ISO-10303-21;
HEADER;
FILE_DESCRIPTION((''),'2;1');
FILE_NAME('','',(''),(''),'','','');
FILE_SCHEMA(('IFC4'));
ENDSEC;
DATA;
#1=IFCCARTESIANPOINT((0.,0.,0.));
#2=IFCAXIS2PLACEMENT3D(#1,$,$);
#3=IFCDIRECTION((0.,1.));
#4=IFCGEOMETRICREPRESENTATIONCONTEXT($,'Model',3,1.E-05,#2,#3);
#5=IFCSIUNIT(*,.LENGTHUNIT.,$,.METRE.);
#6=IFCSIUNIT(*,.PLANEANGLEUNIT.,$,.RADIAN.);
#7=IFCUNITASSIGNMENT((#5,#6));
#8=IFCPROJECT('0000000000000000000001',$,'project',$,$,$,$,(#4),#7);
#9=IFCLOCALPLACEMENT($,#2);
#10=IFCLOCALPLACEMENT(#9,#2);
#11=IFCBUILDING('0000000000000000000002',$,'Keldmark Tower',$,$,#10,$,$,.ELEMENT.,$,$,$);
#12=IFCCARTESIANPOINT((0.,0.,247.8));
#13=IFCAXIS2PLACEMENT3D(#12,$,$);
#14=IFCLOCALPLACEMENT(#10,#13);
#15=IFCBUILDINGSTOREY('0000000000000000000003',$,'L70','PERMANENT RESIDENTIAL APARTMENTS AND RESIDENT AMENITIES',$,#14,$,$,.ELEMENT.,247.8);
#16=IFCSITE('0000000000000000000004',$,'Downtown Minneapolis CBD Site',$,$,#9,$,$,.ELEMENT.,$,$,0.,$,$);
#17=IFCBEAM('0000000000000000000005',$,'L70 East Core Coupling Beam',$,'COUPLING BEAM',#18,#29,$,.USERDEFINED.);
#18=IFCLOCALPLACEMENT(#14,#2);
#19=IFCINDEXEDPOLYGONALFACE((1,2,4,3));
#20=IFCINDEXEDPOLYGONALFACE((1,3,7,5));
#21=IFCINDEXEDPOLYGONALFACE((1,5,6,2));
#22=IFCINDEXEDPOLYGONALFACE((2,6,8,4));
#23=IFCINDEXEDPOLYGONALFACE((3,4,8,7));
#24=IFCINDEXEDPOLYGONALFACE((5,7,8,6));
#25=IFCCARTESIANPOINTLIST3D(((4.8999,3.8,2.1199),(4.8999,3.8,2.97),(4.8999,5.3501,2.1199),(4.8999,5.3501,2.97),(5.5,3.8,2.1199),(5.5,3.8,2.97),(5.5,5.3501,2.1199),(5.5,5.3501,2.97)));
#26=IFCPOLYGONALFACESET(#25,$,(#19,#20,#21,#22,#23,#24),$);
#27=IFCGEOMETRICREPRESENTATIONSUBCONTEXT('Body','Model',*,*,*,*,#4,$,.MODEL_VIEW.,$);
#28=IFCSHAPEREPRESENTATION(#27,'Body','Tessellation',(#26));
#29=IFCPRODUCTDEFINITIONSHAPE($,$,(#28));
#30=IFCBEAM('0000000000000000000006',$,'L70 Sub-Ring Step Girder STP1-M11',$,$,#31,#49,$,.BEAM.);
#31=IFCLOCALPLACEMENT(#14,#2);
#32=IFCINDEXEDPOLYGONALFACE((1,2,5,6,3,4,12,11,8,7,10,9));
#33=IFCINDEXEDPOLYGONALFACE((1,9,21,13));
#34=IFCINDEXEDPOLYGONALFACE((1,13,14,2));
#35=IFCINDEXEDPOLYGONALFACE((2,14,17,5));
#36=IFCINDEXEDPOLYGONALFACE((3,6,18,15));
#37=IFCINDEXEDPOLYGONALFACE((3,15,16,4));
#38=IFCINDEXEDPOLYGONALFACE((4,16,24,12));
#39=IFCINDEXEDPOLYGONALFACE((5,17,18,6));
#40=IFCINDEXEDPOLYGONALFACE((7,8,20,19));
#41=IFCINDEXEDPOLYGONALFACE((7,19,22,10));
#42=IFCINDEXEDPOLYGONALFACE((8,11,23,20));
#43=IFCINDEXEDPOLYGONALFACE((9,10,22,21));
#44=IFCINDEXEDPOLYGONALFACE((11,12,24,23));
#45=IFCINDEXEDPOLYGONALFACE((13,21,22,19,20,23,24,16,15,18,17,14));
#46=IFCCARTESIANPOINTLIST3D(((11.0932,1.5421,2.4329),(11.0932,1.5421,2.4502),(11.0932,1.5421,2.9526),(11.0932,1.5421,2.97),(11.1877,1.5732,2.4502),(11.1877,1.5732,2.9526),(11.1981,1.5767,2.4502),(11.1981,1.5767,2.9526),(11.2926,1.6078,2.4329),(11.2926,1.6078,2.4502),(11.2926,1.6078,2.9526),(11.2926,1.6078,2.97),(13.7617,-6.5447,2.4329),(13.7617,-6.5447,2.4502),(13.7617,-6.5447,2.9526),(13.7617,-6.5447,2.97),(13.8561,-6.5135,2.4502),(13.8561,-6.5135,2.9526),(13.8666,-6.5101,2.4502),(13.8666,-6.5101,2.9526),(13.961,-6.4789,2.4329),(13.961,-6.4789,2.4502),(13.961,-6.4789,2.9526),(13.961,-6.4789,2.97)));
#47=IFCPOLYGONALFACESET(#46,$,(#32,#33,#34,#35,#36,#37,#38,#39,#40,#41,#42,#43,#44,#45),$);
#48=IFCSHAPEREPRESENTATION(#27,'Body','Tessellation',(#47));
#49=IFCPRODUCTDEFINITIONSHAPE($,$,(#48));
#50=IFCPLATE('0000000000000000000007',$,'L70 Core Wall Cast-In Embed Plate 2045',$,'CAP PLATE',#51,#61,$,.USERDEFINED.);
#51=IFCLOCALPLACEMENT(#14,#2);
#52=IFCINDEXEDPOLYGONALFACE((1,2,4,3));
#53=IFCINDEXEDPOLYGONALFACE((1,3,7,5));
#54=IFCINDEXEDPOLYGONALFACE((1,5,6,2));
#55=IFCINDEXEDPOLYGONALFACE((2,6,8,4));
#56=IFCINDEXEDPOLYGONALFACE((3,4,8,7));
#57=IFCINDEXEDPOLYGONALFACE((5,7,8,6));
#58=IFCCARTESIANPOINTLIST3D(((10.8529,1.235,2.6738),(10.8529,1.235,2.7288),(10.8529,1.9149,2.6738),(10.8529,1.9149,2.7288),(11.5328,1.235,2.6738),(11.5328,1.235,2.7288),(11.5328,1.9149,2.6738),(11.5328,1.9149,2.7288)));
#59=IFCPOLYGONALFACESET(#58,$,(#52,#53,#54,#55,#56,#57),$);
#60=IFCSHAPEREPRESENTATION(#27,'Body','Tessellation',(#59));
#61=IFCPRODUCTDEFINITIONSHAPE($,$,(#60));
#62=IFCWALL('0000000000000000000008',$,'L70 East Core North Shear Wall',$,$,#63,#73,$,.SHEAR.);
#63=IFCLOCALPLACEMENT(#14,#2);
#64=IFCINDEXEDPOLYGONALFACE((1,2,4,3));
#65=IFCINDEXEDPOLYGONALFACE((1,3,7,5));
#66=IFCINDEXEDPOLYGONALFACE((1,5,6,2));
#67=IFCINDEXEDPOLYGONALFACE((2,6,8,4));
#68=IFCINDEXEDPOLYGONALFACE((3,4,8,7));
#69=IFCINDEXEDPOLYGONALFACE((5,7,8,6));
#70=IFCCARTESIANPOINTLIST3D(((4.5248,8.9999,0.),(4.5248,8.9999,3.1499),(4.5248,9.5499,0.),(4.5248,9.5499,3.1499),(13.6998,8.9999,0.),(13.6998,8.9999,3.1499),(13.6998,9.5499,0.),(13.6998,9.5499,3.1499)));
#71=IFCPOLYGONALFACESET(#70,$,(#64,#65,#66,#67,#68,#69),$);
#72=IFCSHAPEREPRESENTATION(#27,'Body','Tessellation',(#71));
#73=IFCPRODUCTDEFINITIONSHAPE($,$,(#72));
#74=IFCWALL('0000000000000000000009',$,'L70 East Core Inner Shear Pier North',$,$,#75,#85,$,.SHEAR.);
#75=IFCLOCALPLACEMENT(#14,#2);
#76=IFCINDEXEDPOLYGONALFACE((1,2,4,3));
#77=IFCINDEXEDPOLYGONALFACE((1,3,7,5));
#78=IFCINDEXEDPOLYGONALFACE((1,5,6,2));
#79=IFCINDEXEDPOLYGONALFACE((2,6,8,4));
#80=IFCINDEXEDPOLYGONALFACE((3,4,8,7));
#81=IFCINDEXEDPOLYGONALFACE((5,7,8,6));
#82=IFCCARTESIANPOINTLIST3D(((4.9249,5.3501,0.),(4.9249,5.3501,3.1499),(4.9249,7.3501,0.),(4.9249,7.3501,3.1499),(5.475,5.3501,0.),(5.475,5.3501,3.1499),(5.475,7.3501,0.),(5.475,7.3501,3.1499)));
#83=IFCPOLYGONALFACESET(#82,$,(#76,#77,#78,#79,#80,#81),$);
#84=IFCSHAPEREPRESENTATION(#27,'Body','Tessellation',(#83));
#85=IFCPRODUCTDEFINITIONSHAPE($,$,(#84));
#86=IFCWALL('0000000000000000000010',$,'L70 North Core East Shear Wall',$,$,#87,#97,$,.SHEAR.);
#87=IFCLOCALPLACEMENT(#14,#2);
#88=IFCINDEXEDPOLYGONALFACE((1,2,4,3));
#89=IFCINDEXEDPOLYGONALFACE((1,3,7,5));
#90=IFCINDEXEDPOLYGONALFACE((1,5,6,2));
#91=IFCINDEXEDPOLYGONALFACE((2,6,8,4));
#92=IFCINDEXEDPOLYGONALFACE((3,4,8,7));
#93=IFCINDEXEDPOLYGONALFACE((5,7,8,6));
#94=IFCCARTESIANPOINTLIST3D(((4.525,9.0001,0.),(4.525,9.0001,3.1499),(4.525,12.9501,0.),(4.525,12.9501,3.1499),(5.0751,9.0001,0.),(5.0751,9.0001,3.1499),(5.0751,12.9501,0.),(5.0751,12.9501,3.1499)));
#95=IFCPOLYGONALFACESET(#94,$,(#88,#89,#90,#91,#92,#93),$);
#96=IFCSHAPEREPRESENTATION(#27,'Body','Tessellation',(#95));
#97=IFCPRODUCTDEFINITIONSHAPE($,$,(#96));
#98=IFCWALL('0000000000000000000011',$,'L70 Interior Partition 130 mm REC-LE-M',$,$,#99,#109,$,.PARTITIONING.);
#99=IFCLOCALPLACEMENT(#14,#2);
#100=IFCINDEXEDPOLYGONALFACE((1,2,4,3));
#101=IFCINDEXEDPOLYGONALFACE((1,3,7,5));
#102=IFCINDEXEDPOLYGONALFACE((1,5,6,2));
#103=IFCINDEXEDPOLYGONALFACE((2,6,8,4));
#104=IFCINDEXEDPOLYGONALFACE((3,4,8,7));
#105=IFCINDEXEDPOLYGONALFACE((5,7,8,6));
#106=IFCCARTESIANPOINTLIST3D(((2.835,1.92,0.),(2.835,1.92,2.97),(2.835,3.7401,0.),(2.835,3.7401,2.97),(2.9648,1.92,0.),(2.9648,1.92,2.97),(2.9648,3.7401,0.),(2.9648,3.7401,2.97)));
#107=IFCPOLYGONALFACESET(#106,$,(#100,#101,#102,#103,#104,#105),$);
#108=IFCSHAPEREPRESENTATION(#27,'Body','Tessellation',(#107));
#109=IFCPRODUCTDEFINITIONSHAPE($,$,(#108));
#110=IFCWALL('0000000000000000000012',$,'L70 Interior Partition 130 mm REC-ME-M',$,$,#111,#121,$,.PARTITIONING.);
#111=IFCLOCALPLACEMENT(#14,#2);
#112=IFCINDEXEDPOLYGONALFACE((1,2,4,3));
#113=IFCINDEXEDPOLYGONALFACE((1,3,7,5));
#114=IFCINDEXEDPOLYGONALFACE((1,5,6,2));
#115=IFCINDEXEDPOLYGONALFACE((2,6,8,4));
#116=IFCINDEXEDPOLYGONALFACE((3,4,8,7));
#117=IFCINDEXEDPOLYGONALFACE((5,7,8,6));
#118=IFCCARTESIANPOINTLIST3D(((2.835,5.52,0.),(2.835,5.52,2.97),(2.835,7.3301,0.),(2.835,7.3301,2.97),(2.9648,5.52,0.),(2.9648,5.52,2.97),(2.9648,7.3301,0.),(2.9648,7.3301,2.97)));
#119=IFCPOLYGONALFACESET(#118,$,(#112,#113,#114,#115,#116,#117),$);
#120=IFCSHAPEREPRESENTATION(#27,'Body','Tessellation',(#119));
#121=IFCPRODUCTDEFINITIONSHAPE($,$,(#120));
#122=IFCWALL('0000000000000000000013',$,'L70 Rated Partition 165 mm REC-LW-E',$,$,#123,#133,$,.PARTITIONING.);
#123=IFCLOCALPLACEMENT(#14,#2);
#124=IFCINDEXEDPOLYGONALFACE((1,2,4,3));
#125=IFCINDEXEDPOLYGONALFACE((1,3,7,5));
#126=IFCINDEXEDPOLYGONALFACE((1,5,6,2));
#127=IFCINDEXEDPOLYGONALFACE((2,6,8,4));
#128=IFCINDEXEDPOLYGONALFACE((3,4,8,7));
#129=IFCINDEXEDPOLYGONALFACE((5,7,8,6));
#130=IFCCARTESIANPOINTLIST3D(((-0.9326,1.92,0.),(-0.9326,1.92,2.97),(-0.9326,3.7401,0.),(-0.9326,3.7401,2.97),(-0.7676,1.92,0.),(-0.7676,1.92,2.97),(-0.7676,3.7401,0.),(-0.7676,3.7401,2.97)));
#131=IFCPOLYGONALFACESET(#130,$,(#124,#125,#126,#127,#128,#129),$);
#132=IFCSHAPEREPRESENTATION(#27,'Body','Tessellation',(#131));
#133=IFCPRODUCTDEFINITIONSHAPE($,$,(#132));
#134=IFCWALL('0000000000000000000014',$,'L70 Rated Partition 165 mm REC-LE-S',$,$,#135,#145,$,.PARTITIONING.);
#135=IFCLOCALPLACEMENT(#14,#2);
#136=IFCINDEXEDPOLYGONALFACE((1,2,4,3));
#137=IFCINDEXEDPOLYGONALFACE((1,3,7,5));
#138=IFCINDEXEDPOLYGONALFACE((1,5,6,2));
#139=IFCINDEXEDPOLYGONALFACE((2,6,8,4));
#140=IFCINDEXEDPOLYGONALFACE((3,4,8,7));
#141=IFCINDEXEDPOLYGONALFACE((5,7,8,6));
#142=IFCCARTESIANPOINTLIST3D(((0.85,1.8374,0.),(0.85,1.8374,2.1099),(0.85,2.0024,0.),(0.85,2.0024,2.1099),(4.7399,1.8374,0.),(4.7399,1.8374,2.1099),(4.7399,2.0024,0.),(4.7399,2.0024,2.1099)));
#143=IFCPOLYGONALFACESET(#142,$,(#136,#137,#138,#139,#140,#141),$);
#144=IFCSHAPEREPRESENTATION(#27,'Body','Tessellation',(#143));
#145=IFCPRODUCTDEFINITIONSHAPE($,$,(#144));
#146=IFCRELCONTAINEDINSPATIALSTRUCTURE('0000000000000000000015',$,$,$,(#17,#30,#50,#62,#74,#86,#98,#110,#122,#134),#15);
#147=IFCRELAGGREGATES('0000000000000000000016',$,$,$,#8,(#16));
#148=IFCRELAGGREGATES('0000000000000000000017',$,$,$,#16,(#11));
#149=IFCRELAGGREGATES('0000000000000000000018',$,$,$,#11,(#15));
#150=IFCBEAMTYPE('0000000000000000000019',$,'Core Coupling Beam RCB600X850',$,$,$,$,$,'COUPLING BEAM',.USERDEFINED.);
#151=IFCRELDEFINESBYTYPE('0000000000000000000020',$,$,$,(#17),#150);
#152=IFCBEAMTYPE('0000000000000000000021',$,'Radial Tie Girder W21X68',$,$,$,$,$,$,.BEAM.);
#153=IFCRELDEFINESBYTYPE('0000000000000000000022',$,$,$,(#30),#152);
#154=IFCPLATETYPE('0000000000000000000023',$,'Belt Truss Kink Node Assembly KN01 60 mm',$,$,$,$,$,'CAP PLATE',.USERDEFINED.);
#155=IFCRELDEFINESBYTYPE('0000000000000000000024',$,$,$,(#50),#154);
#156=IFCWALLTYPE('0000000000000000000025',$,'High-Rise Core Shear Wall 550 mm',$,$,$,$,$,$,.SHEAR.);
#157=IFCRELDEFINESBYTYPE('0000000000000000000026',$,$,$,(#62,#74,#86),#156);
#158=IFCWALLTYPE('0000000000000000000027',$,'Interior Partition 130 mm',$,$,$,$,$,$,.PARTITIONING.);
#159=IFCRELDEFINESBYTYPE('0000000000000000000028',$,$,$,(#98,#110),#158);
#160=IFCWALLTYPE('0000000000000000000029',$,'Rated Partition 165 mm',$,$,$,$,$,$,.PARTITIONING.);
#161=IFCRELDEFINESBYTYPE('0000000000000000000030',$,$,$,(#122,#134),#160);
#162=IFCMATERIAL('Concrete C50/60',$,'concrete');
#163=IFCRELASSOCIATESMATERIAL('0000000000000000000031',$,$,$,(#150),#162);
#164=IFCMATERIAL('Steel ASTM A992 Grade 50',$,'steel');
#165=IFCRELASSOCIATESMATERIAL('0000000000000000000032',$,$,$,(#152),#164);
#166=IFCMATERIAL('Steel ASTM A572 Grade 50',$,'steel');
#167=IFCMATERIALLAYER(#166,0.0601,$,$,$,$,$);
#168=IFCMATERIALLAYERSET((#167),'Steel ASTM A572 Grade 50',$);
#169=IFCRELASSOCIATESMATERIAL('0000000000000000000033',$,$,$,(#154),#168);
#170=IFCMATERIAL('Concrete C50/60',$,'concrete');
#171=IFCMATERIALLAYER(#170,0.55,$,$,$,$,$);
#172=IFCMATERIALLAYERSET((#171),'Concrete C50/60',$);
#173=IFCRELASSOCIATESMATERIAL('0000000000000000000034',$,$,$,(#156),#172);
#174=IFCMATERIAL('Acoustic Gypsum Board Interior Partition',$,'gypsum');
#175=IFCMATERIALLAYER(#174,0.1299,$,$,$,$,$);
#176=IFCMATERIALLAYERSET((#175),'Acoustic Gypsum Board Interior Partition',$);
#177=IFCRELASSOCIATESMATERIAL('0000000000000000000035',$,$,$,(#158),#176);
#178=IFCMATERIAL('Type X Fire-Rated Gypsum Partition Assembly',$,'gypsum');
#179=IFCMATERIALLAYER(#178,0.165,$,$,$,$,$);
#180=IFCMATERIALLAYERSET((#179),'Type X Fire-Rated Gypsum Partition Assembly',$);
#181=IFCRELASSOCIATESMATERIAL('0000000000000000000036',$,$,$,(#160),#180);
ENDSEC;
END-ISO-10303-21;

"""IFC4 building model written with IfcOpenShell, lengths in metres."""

from ifc_helpers import new_model, si_unit, direction, frame, frame_2d, origin, origin_2d, place, context, subcontext, project, spatial, rectangle, i_section, extrude, material, layer, layer_set, material_profile, profile_set, type_object, element, save


model = new_model("IFC4")

# Units and contexts
model_context = context("Model", 3, precision=1e-05, world=origin(), true_north=direction((0.0, 1.0)))
body_context = subcontext(model_context, "Body", "Model", "MODEL_VIEW")
ifc_project = project(units=[si_unit("LENGTHUNIT", "METRE"), si_unit("PLANEANGLEUNIT", "RADIAN")], contexts=[model_context])

# Site, building, storey
site_placement = place(None, origin())
site = spatial("IfcSite", under=ifc_project, at=site_placement, Name="Downtown Minneapolis CBD Site", CompositionType="ELEMENT", RefElevation=0.0)
building_placement = place(site_placement, origin())
building = spatial("IfcBuilding", under=site, at=building_placement, Name="Keldmark Tower", CompositionType="ELEMENT")
storey_placement = place(building_placement, frame((0.0, 0.0, 247.8)))
storey = spatial("IfcBuildingStorey", under=building, at=storey_placement, Name="L70", Description="PERMANENT RESIDENTIAL APARTMENTS AND RESIDENT AMENITIES", CompositionType="ELEMENT", Elevation=247.8)

# Beams
ifc_material_1 = material(Name="Concrete C50/60", Category="concrete")
ifc_material_profile_1 = material_profile(ifc_material_1, rectangle(XDim=0.6001, YDim=0.8501, at=origin_2d()), Name="RCB600X850")
ifc_profile_set_1 = profile_set([ifc_material_profile_1], Name="Concrete C50/60")
beam_type_1 = type_object("IfcBeamType", Name="Core Coupling Beam RCB600X850", ElementType="COUPLING BEAM", PredefinedType="USERDEFINED", material=ifc_profile_set_1)
beam_1_placement = place(storey_placement, frame((5.2, 3.8, 2.5449), z_axis=(0.0, 1.0, 0.0), x_axis=(-1.0, 0.0, 0.0)))
element("IfcBeam", 1, at=beam_1_placement, inside=storey, type_object=beam_type_1, Name="L70 East Core Coupling Beam", ObjectType="COUPLING BEAM", PredefinedType="USERDEFINED", context=body_context, shape_type="SweptSolid", body=[
    extrude(rectangle(XDim=0.6001, YDim=0.8501, at=origin_2d()), origin(), (0.0, 0.0, 1.0), 1.55),
])
ifc_material_2 = material(Name="Steel ASTM A992 Grade 50", Category="steel")
ifc_material_profile_2 = material_profile(ifc_material_2, i_section(OverallWidth=0.21, OverallDepth=0.5371, WebThickness=0.011, FlangeThickness=0.0173, at=origin_2d()), Name="W21X68")
ifc_profile_set_2 = profile_set([ifc_material_profile_2], Name="Steel ASTM A992 Grade 50")
beam_type_2 = type_object("IfcBeamType", Name="Radial Tie Girder W21X68", PredefinedType="BEAM", material=ifc_profile_set_2)
beam_2_placement = place(storey_placement, frame((11.1929, 1.575, 2.7014), z_axis=(0.313362, -0.949634, 0.0), x_axis=(0.949634, 0.313362, 0.0)))
element("IfcBeam", 2, at=beam_2_placement, inside=storey, type_object=beam_type_2, Name="L70 Sub-Ring Step Girder STP1-M11", PredefinedType="BEAM", context=body_context, shape_type="SweptSolid", body=[
    extrude(i_section(OverallWidth=0.21, OverallDepth=0.5371, WebThickness=0.011, FlangeThickness=0.0173, at=origin_2d()), origin(), (0.0, 0.0, 1.0), 8.5156),
])

# Plate
ifc_material_3 = material(Name="Steel ASTM A572 Grade 50", Category="steel")
ifc_layer_1 = layer(ifc_material_3, 0.0601)
ifc_layer_set_1 = layer_set([ifc_layer_1], Name="Steel ASTM A572 Grade 50")
plate_type = type_object("IfcPlateType", Name="Belt Truss Kink Node Assembly KN01 60 mm", ElementType="CAP PLATE", PredefinedType="USERDEFINED", material=ifc_layer_set_1)
plate_placement = place(storey_placement, frame((11.1929, 1.575, 2.6738), z_axis=(0.0, 0.0, 1.0), x_axis=(1.0, 0.0, 0.0)))
element("IfcPlate", 3, at=plate_placement, inside=storey, type_object=plate_type, Name="L70 Core Wall Cast-In Embed Plate 2045", ObjectType="CAP PLATE", PredefinedType="USERDEFINED", context=body_context, shape_type="SweptSolid", body=[
    extrude(rectangle(XDim=0.6799, YDim=0.6799, at=origin_2d()), origin(), (0.0, 0.0, 1.0), 0.0549),
])

# Walls
ifc_material_4 = material(Name="Concrete C50/60", Category="concrete")
ifc_layer_2 = layer(ifc_material_4, 0.55)
ifc_layer_set_2 = layer_set([ifc_layer_2], Name="Concrete C50/60")
wall_type_1 = type_object("IfcWallType", Name="High-Rise Core Shear Wall 550 mm", PredefinedType="SHEAR", material=ifc_layer_set_2)
wall_1_placement = place(storey_placement, frame((4.5249, 9.2749, 0.0), z_axis=(0.0, 0.0, 1.0), x_axis=(1.0, 0.0, 0.0)))
element("IfcWall", 4, at=wall_1_placement, inside=storey, type_object=wall_type_1, Name="L70 East Core North Shear Wall", PredefinedType="SHEAR", context=body_context, shape_type="SweptSolid", body=[
    extrude(rectangle(XDim=9.175, YDim=0.55, at=frame_2d((4.5874, 0.0))), origin(), (0.0, 0.0, 1.0), 3.1499),
])
wall_2_placement = place(storey_placement, frame((5.2, 5.3501, 0.0), z_axis=(0.0, 0.0, 1.0), x_axis=(0.0, 1.0, 0.0)))
element("IfcWall", 5, at=wall_2_placement, inside=storey, type_object=wall_type_1, Name="L70 East Core Inner Shear Pier North", PredefinedType="SHEAR", context=body_context, shape_type="SweptSolid", body=[
    extrude(rectangle(XDim=2.0, YDim=0.55, at=frame_2d((1.0, 0.0))), origin(), (0.0, 0.0, 1.0), 3.1499),
])
wall_3_placement = place(storey_placement, frame((4.8, 9.0, 0.0), z_axis=(0.0, 0.0, 1.0), x_axis=(0.0, 1.0, 0.0)))
element("IfcWall", 6, at=wall_3_placement, inside=storey, type_object=wall_type_1, Name="L70 North Core East Shear Wall", PredefinedType="SHEAR", context=body_context, shape_type="SweptSolid", body=[
    extrude(rectangle(XDim=3.95, YDim=0.55, at=frame_2d((1.9751, 0.0))), origin(), (0.0, 0.0, 1.0), 3.1499),
])
ifc_material_5 = material(Name="Acoustic Gypsum Board Interior Partition", Category="gypsum")
ifc_layer_3 = layer(ifc_material_5, 0.1299)
ifc_layer_set_3 = layer_set([ifc_layer_3], Name="Acoustic Gypsum Board Interior Partition")
wall_type_2 = type_object("IfcWallType", Name="Interior Partition 130 mm", PredefinedType="PARTITIONING", material=ifc_layer_set_3)
wall_4_placement = place(storey_placement, frame((2.8999, 1.9199, 0.0), z_axis=(0.0, 0.0, 1.0), x_axis=(0.0, 1.0, 0.0)))
element("IfcWall", 7, at=wall_4_placement, inside=storey, type_object=wall_type_2, Name="L70 Interior Partition 130 mm REC-LE-M", PredefinedType="PARTITIONING", context=body_context, shape_type="SweptSolid", body=[
    extrude(rectangle(XDim=1.8201, YDim=0.1299, at=frame_2d((0.9102, 0.0))), origin(), (0.0, 0.0, 1.0), 2.97),
])
wall_5_placement = place(storey_placement, frame((2.8999, 5.52, 0.0), z_axis=(0.0, 0.0, 1.0), x_axis=(0.0, 1.0, 0.0)))
element("IfcWall", 8, at=wall_5_placement, inside=storey, type_object=wall_type_2, Name="L70 Interior Partition 130 mm REC-ME-M", PredefinedType="PARTITIONING", context=body_context, shape_type="SweptSolid", body=[
    extrude(rectangle(XDim=1.8101, YDim=0.1299, at=frame_2d((0.905, 0.0))), origin(), (0.0, 0.0, 1.0), 2.97),
])
ifc_material_6 = material(Name="Type X Fire-Rated Gypsum Partition Assembly", Category="gypsum")
ifc_layer_4 = layer(ifc_material_6, 0.165)
ifc_layer_set_4 = layer_set([ifc_layer_4], Name="Type X Fire-Rated Gypsum Partition Assembly")
wall_type_3 = type_object("IfcWallType", Name="Rated Partition 165 mm", PredefinedType="PARTITIONING", material=ifc_layer_set_4)
wall_6_placement = place(storey_placement, frame((-0.8501, 1.9199, 0.0), z_axis=(0.0, 0.0, 1.0), x_axis=(0.0, 1.0, 0.0)))
element("IfcWall", 9, at=wall_6_placement, inside=storey, type_object=wall_type_3, Name="L70 Rated Partition 165 mm REC-LW-E", PredefinedType="PARTITIONING", context=body_context, shape_type="SweptSolid", body=[
    extrude(rectangle(XDim=1.8201, YDim=0.165, at=frame_2d((0.9102, 0.0))), origin(), (0.0, 0.0, 1.0), 2.97),
])
wall_7_placement = place(storey_placement, frame((0.8501, 1.9199, 0.0), z_axis=(0.0, 0.0, 1.0), x_axis=(1.0, 0.0, 0.0)))
element("IfcWall", 10, at=wall_7_placement, inside=storey, type_object=wall_type_3, Name="L70 Rated Partition 165 mm REC-LE-S", PredefinedType="PARTITIONING", context=body_context, shape_type="SweptSolid", body=[
    extrude(rectangle(XDim=3.8899, YDim=0.165, at=frame_2d((1.9448, 0.0))), origin(), (0.0, 0.0, 1.0), 2.1099),
])

save(model, "model.ifc")
